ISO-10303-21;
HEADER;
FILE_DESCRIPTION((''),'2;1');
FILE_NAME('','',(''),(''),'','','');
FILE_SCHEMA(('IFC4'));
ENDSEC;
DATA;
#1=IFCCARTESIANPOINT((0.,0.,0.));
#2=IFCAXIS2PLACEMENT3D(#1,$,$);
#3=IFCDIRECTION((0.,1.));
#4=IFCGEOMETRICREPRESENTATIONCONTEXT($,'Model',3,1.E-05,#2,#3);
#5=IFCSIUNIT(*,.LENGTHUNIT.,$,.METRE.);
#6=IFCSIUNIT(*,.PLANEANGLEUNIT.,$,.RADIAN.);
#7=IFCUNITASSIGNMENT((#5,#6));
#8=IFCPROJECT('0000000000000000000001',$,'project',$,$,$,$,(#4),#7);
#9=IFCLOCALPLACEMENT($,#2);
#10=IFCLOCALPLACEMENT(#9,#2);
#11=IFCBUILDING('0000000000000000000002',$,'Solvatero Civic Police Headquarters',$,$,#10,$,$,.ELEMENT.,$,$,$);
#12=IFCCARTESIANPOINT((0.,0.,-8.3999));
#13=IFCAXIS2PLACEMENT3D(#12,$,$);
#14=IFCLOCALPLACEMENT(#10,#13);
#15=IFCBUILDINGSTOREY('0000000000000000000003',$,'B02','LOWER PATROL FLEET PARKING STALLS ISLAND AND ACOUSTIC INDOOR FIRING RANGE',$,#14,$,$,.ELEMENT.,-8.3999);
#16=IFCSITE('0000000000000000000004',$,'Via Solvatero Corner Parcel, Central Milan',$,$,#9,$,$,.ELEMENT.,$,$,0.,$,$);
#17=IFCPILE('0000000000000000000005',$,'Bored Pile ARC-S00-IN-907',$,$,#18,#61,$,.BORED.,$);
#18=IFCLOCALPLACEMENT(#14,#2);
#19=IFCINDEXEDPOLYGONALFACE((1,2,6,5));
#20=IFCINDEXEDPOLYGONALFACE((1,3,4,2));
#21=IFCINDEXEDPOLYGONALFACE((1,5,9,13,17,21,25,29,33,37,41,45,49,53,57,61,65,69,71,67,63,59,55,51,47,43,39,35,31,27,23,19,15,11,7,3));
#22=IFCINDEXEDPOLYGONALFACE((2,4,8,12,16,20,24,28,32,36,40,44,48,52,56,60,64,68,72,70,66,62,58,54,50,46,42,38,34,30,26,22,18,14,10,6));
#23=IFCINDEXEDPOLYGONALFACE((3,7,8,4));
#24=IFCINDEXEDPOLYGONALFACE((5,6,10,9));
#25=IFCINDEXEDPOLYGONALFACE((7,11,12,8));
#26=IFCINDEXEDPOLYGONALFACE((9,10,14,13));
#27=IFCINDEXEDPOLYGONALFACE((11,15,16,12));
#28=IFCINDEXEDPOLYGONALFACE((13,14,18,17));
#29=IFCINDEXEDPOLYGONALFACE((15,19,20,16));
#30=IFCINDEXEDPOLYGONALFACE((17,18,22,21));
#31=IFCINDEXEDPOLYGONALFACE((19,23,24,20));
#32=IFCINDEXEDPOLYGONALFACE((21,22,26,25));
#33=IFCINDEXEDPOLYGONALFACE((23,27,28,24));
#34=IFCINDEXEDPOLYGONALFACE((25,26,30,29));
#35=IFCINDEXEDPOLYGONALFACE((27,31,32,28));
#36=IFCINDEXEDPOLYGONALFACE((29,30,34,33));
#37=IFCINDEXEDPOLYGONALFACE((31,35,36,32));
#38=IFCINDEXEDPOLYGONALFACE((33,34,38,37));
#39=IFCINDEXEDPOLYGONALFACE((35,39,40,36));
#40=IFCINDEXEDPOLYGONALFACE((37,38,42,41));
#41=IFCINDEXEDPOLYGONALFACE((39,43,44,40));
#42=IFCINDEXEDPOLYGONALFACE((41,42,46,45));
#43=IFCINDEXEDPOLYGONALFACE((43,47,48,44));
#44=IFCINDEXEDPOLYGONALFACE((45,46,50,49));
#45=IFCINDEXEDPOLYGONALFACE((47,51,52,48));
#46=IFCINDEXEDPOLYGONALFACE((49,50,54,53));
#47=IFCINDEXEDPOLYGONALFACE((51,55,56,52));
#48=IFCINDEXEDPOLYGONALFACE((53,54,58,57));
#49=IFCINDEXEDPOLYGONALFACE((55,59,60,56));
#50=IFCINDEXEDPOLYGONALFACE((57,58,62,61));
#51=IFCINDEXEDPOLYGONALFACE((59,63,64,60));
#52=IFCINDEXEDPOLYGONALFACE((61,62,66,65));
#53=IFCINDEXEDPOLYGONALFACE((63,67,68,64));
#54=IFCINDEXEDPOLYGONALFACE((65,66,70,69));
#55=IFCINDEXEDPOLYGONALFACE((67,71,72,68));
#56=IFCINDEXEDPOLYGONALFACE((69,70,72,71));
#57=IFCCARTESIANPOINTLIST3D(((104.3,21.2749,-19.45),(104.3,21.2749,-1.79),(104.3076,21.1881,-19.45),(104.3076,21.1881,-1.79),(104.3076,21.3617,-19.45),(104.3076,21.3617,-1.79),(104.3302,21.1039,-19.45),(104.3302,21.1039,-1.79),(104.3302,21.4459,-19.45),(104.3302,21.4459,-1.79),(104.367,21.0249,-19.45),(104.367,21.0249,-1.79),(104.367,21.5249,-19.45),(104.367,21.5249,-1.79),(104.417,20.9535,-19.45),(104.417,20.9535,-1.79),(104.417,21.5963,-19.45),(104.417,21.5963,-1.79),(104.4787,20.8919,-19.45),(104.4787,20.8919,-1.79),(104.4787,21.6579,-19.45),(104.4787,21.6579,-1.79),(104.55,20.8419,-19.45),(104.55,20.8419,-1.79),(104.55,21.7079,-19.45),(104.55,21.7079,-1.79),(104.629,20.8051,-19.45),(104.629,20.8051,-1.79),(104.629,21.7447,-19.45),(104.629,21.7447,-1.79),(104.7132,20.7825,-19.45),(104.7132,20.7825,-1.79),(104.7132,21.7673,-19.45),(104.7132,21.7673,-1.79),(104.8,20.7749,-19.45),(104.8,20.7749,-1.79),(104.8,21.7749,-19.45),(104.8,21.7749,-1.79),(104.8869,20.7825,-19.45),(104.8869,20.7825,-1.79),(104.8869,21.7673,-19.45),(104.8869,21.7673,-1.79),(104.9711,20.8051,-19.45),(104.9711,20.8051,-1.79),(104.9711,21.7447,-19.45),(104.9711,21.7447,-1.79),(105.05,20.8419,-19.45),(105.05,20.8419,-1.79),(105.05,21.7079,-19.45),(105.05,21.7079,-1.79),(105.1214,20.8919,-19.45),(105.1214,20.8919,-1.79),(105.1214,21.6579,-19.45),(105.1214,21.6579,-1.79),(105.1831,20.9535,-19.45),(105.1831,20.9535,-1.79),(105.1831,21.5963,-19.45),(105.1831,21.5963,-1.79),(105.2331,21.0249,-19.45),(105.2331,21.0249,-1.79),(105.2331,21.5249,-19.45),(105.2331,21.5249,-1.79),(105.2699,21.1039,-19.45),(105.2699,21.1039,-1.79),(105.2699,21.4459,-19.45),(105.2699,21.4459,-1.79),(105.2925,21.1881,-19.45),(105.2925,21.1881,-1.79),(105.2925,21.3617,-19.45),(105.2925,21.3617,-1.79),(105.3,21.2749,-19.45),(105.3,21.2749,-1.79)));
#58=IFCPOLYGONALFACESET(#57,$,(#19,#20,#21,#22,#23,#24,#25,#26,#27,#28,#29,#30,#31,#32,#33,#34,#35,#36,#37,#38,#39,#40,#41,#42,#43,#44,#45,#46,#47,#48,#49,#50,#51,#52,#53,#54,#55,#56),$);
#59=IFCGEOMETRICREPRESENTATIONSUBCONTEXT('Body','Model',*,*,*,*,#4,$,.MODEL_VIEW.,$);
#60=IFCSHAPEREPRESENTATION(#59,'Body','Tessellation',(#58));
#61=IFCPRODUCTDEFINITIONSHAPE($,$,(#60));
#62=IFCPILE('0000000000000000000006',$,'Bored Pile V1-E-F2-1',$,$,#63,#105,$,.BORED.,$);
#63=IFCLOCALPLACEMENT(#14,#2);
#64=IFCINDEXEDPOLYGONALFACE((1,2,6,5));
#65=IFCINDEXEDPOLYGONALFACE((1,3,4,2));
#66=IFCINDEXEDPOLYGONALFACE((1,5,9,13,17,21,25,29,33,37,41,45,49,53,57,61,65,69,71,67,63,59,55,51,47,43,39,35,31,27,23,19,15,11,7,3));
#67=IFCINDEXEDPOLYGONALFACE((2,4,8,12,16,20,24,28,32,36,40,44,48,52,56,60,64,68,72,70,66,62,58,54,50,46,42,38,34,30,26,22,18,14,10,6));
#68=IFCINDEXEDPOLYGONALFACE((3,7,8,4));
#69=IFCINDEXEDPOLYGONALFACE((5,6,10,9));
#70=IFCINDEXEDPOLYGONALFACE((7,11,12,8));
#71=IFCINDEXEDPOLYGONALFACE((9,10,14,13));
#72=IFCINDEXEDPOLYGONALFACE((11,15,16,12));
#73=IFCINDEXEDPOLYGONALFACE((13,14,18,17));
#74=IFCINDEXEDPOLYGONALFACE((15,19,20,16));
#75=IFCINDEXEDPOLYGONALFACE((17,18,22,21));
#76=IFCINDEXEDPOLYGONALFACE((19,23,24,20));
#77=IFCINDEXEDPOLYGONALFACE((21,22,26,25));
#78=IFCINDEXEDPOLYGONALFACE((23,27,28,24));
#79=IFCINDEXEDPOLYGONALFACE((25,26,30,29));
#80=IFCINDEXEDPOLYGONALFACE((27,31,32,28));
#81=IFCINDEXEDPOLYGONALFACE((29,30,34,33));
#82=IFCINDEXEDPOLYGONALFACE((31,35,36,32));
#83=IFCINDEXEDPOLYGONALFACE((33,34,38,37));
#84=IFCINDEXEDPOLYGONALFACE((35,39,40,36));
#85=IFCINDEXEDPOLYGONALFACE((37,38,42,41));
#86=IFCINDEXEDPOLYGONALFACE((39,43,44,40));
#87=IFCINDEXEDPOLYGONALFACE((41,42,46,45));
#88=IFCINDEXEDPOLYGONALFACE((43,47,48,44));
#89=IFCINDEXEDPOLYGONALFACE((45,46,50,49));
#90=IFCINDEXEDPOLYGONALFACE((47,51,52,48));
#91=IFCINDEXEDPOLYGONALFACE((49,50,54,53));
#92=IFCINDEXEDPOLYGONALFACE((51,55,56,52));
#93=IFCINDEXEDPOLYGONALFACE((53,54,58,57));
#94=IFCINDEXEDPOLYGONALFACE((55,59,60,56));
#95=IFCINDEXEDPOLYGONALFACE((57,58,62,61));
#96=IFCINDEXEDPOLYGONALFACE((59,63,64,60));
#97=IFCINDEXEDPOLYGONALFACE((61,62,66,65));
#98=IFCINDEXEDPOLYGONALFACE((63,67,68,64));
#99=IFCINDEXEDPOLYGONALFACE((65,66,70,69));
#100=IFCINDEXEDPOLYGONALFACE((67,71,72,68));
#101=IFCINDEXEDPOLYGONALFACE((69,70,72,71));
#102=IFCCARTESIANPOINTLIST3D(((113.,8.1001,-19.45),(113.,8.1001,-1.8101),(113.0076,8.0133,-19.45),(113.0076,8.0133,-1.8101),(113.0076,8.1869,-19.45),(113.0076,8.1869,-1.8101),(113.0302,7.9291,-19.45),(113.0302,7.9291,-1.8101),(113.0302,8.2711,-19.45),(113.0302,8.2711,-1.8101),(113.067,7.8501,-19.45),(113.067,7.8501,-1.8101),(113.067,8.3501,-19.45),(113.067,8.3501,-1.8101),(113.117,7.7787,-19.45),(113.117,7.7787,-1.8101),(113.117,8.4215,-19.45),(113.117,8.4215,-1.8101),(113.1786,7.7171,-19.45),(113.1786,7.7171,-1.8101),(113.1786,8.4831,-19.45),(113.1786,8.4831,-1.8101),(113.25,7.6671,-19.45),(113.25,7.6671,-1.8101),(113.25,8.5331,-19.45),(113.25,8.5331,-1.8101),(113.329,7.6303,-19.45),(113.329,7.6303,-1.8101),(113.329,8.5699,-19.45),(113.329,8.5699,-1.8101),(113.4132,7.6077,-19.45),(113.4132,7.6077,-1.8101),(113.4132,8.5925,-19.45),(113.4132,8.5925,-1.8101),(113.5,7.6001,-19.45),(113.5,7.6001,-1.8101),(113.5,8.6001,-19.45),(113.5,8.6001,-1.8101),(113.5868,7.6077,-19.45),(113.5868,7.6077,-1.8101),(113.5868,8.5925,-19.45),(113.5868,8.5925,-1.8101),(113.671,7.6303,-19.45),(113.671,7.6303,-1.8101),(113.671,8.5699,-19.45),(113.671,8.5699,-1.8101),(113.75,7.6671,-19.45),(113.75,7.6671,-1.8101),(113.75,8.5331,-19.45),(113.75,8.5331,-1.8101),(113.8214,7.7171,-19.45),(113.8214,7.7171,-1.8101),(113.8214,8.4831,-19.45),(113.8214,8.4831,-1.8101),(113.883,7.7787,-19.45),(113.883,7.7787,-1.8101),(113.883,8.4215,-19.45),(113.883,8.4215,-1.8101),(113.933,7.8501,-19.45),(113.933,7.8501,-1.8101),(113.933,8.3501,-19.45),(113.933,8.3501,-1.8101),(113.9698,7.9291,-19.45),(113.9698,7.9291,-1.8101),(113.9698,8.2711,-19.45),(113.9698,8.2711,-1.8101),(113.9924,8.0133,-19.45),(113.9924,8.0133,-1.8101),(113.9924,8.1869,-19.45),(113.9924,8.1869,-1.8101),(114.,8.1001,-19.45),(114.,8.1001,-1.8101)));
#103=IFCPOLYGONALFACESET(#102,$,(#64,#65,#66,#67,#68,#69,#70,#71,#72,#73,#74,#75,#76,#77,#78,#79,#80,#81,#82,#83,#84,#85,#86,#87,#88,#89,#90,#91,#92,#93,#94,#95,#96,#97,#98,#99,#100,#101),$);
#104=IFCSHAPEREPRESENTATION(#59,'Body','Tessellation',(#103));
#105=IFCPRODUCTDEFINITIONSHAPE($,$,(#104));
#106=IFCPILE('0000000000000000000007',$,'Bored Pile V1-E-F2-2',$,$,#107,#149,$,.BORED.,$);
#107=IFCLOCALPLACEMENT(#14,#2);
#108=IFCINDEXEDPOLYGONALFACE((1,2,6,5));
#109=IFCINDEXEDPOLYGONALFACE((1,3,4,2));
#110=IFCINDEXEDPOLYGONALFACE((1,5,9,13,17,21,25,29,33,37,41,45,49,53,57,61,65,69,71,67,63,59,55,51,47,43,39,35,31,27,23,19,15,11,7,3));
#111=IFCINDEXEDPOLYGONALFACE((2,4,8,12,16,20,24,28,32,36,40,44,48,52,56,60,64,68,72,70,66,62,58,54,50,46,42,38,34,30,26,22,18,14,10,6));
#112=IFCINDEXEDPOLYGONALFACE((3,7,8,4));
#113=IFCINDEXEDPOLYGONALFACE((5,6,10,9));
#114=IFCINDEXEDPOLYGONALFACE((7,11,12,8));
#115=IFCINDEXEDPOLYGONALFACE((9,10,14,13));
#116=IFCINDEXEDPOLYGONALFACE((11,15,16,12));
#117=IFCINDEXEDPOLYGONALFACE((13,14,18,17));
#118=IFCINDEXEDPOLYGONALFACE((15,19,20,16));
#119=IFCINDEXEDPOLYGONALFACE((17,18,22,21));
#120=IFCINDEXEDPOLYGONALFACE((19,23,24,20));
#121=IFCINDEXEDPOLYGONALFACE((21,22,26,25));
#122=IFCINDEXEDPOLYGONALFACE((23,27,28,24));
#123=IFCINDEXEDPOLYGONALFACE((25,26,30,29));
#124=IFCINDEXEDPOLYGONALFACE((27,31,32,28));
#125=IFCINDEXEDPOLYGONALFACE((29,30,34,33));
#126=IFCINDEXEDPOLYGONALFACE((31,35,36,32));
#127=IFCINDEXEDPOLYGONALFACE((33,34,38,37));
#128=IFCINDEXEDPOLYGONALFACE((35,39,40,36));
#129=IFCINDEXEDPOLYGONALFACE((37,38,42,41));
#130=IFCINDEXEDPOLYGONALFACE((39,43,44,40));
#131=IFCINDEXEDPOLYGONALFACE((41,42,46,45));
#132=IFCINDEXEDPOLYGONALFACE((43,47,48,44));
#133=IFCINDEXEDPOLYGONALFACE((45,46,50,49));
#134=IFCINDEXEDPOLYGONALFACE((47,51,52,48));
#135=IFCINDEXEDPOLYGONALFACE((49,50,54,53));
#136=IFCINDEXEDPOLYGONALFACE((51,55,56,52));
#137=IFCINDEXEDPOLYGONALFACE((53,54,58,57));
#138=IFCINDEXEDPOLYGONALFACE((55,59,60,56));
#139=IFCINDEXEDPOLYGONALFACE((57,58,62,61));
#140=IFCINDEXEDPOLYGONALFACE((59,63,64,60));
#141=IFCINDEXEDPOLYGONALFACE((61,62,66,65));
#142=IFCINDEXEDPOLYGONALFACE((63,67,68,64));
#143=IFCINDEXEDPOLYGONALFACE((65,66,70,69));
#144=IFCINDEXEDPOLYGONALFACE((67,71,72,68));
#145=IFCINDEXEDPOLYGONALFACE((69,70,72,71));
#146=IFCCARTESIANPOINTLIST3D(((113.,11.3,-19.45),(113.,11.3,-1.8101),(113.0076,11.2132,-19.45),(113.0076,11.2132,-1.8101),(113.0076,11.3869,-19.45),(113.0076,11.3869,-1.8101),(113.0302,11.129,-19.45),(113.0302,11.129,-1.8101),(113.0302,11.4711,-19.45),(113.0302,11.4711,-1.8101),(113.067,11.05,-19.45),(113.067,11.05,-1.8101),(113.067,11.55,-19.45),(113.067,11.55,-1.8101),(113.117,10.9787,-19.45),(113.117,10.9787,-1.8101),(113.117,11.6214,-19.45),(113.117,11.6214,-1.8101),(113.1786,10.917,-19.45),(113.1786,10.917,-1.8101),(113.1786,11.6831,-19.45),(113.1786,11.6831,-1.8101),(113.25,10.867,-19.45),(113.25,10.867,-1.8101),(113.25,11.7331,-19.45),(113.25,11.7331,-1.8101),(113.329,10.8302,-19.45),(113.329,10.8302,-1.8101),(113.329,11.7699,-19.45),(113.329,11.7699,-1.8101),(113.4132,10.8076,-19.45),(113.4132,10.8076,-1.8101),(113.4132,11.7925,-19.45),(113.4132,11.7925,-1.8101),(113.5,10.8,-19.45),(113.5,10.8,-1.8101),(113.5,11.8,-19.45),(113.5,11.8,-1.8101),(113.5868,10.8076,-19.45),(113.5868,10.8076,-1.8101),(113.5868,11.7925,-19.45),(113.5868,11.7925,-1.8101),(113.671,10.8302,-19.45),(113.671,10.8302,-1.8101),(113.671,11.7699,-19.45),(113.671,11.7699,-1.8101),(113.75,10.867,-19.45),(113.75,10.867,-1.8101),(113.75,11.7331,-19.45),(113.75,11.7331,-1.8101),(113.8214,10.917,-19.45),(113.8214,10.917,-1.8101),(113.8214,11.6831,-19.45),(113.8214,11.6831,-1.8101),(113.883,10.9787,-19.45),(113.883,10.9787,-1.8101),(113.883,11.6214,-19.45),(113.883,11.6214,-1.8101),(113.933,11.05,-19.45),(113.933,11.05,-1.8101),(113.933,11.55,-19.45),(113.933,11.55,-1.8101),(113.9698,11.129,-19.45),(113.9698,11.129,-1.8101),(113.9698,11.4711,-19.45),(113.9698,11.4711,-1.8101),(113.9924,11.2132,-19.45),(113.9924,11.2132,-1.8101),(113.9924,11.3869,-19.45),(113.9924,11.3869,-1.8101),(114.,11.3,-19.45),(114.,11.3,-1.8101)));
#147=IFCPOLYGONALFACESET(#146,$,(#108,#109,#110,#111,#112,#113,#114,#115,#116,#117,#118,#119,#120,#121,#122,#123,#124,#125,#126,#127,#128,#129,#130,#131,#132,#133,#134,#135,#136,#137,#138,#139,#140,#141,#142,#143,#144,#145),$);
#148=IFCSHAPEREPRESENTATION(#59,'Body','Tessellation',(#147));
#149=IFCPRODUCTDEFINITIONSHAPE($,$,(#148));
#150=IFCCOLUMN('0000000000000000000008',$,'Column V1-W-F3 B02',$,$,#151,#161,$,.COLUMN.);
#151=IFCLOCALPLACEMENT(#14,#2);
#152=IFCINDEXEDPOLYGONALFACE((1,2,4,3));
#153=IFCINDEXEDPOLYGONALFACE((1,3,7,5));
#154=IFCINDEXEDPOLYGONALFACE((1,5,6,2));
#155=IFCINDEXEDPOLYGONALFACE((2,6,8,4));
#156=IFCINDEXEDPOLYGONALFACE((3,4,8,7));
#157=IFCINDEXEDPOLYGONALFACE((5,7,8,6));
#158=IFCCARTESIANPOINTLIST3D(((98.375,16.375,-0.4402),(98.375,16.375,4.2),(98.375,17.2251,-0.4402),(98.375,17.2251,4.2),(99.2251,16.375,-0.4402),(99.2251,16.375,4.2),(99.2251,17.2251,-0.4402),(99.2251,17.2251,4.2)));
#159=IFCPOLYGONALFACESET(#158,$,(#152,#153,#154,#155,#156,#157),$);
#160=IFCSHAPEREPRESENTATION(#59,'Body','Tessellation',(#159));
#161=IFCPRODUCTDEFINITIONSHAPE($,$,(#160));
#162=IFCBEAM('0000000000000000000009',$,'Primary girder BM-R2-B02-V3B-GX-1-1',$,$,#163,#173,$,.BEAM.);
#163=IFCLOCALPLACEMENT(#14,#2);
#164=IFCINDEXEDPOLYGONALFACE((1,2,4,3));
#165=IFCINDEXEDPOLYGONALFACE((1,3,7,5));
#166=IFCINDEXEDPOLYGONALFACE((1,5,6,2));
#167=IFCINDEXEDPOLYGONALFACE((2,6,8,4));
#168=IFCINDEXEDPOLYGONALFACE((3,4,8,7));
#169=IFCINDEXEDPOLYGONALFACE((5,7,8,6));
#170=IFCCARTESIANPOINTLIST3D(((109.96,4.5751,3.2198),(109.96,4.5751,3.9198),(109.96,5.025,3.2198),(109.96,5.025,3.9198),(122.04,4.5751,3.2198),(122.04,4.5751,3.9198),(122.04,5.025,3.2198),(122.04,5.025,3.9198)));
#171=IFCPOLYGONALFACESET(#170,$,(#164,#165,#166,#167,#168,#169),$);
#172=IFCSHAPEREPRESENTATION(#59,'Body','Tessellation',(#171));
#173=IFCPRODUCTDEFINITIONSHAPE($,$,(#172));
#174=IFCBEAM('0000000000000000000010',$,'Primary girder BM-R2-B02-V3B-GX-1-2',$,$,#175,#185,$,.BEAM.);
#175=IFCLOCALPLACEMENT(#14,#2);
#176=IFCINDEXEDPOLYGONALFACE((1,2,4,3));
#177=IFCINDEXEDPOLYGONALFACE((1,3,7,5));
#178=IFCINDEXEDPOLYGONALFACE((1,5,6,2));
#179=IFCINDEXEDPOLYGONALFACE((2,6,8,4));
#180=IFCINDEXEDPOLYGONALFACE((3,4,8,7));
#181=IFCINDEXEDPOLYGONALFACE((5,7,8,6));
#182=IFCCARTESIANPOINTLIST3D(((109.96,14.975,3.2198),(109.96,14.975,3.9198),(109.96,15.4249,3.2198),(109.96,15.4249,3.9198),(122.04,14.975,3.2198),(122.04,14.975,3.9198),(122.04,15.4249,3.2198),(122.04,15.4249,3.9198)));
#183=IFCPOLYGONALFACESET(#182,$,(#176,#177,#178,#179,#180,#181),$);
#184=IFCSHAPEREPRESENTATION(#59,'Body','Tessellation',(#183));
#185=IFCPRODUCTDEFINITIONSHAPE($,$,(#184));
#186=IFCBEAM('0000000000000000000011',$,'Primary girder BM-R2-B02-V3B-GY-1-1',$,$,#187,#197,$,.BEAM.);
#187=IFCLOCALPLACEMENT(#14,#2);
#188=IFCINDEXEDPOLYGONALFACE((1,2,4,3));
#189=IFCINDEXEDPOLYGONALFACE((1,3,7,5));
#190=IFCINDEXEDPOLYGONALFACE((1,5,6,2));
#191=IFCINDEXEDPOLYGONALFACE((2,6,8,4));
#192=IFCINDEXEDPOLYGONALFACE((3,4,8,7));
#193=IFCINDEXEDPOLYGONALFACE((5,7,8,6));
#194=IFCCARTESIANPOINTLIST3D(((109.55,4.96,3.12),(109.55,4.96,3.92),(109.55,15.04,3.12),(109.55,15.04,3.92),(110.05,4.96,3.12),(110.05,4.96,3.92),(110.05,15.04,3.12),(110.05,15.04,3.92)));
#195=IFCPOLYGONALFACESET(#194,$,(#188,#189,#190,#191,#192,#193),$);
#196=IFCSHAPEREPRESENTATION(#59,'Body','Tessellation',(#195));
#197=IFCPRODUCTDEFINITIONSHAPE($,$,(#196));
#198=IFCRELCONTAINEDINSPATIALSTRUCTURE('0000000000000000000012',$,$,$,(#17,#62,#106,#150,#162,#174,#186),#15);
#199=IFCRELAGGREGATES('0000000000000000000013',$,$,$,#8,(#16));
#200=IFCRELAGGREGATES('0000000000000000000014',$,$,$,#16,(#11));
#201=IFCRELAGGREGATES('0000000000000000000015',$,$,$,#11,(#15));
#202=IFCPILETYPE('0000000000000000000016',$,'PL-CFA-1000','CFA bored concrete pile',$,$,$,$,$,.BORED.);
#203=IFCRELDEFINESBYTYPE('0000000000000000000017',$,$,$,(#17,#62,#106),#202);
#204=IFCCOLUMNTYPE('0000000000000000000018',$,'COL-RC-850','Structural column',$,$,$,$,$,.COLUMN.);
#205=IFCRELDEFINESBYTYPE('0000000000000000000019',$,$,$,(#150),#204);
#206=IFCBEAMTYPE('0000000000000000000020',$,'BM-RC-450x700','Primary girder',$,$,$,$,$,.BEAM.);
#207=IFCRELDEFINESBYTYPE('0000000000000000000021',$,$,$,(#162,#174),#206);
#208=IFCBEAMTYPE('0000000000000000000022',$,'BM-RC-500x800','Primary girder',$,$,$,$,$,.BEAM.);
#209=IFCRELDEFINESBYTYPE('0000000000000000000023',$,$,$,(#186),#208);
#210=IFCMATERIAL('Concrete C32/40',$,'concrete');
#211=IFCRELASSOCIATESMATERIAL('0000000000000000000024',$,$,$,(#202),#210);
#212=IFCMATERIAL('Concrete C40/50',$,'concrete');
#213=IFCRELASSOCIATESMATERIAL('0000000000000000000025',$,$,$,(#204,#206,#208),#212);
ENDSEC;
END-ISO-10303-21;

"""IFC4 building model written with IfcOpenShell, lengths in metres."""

from ifc_helpers import new_model, si_unit, direction, frame, origin, origin_2d, place, context, subcontext, project, spatial, rectangle, circle, extrude, material, material_profile, profile_set, type_object, element, save


model = new_model("IFC4")

# Units and contexts
model_context = context("Model", 3, precision=1e-05, world=origin(), true_north=direction((0.0, 1.0)))
body_context = subcontext(model_context, "Body", "Model", "MODEL_VIEW")
ifc_project = project(units=[si_unit("LENGTHUNIT", "METRE"), si_unit("PLANEANGLEUNIT", "RADIAN")], contexts=[model_context])

# Site, building, storey
site_placement = place(None, origin())
site = spatial("IfcSite", under=ifc_project, at=site_placement, Name="Via Solvatero Corner Parcel, Central Milan", CompositionType="ELEMENT", RefElevation=0.0)
building_placement = place(site_placement, origin())
building = spatial("IfcBuilding", under=site, at=building_placement, Name="Solvatero Civic Police Headquarters", CompositionType="ELEMENT")
storey_placement = place(building_placement, frame((0.0, 0.0, -8.3999)))
storey = spatial("IfcBuildingStorey", under=building, at=storey_placement, Name="B02", Description="LOWER PATROL FLEET PARKING STALLS ISLAND AND ACOUSTIC INDOOR FIRING RANGE", CompositionType="ELEMENT", Elevation=-8.3999)

# Piles
ifc_material_1 = material(Name="Concrete C32/40", Category="concrete")
ifc_material_profile_1 = material_profile(ifc_material_1, circle(Radius=0.5, at=origin_2d()), Name="CFA PILE D1000")
ifc_profile_set_1 = profile_set([ifc_material_profile_1], Name="Concrete C32/40")
pile_type = type_object("IfcPileType", Name="PL-CFA-1000", Description="CFA bored concrete pile", PredefinedType="BORED", material=ifc_profile_set_1)
for number, where, z_axis, x_axis, name in (
    (1, (104.8, 21.2749, -1.79), (0.0, 0.0, -1.0), (1.0, 0.0, 0.0), "Bored Pile ARC-S00-IN-907"),
):
    element("IfcPile", number, at=place(storey_placement, frame(where, z_axis=z_axis, x_axis=x_axis)), inside=storey, type_object=pile_type, Name=name, PredefinedType="BORED", context=body_context, shape_type="SweptSolid", body=[
        extrude(circle(Radius=0.5, at=origin_2d()), origin(), (0.0, 0.0, 1.0), 17.6599),
    ])
for number, where, z_axis, x_axis, name in (
    (2, (113.5, 8.1001, -1.8101), (0.0, 0.0, -1.0), (1.0, 0.0, 0.0), "Bored Pile V1-E-F2-1"),
    (3, (113.5, 11.3, -1.8101), (0.0, 0.0, -1.0), (1.0, 0.0, 0.0), "Bored Pile V1-E-F2-2"),
):
    element("IfcPile", number, at=place(storey_placement, frame(where, z_axis=z_axis, x_axis=x_axis)), inside=storey, type_object=pile_type, Name=name, PredefinedType="BORED", context=body_context, shape_type="SweptSolid", body=[
        extrude(circle(Radius=0.5, at=origin_2d()), origin(), (0.0, 0.0, 1.0), 17.6399),
    ])

# Column
ifc_material_2 = material(Name="Concrete C40/50", Category="concrete")
ifc_material_profile_2 = material_profile(ifc_material_2, rectangle(XDim=0.8501, YDim=0.8501, at=origin_2d()), Name="RC 850x850")
ifc_profile_set_2 = profile_set([ifc_material_profile_2], Name="Concrete C40/50")
column_type = type_object("IfcColumnType", Name="COL-RC-850", Description="Structural column", PredefinedType="COLUMN", material=ifc_profile_set_2)
column_placement = place(storey_placement, frame((98.8, 16.8, -0.4402), z_axis=(0.0, 0.0, 1.0), x_axis=(1.0, 0.0, 0.0)))
element("IfcColumn", 4, at=column_placement, inside=storey, type_object=column_type, Name="Column V1-W-F3 B02", PredefinedType="COLUMN", context=body_context, shape_type="SweptSolid", body=[
    extrude(rectangle(XDim=0.8501, YDim=0.8501, at=origin_2d()), origin(), (0.0, 0.0, 1.0), 4.6401),
])

# Beams
ifc_material_profile_3 = material_profile(ifc_material_2, rectangle(XDim=0.45, YDim=0.7, at=origin_2d()), Name="RC 450x700")
ifc_profile_set_3 = profile_set([ifc_material_profile_3], Name="Concrete C40/50")
beam_type_1 = type_object("IfcBeamType", Name="BM-RC-450x700", Description="Primary girder", PredefinedType="BEAM", material=ifc_profile_set_3)
for number, where, z_axis, x_axis, name in (
    (5, (109.96, 4.8, 3.5698), (1.0, 0.0, 0.0), (0.0, 1.0, 0.0), "Primary girder BM-R2-B02-V3B-GX-1-1"),
    (6, (109.96, 15.2, 3.5698), (1.0, 0.0, 0.0), (0.0, 1.0, 0.0), "Primary girder BM-R2-B02-V3B-GX-1-2"),
):
    element("IfcBeam", number, at=place(storey_placement, frame(where, z_axis=z_axis, x_axis=x_axis)), inside=storey, type_object=beam_type_1, Name=name, PredefinedType="BEAM", context=body_context, shape_type="SweptSolid", body=[
        extrude(rectangle(XDim=0.45, YDim=0.7, at=origin_2d()), origin(), (0.0, 0.0, 1.0), 12.0801),
    ])
ifc_material_profile_4 = material_profile(ifc_material_2, rectangle(XDim=0.5, YDim=0.8, at=origin_2d()), Name="RC 500x800")
ifc_profile_set_4 = profile_set([ifc_material_profile_4], Name="Concrete C40/50")
beam_type_2 = type_object("IfcBeamType", Name="BM-RC-500x800", Description="Primary girder", PredefinedType="BEAM", material=ifc_profile_set_4)
beam_1_placement = place(storey_placement, frame((109.8, 4.96, 3.52), z_axis=(0.0, 1.0, 0.0), x_axis=(-1.0, 0.0, 0.0)))
element("IfcBeam", 7, at=beam_1_placement, inside=storey, type_object=beam_type_2, Name="Primary girder BM-R2-B02-V3B-GY-1-1", PredefinedType="BEAM", context=body_context, shape_type="SweptSolid", body=[
    extrude(rectangle(XDim=0.5, YDim=0.8, at=origin_2d()), origin(), (0.0, 0.0, 1.0), 10.0801),
])

save(model, "model.ifc")
